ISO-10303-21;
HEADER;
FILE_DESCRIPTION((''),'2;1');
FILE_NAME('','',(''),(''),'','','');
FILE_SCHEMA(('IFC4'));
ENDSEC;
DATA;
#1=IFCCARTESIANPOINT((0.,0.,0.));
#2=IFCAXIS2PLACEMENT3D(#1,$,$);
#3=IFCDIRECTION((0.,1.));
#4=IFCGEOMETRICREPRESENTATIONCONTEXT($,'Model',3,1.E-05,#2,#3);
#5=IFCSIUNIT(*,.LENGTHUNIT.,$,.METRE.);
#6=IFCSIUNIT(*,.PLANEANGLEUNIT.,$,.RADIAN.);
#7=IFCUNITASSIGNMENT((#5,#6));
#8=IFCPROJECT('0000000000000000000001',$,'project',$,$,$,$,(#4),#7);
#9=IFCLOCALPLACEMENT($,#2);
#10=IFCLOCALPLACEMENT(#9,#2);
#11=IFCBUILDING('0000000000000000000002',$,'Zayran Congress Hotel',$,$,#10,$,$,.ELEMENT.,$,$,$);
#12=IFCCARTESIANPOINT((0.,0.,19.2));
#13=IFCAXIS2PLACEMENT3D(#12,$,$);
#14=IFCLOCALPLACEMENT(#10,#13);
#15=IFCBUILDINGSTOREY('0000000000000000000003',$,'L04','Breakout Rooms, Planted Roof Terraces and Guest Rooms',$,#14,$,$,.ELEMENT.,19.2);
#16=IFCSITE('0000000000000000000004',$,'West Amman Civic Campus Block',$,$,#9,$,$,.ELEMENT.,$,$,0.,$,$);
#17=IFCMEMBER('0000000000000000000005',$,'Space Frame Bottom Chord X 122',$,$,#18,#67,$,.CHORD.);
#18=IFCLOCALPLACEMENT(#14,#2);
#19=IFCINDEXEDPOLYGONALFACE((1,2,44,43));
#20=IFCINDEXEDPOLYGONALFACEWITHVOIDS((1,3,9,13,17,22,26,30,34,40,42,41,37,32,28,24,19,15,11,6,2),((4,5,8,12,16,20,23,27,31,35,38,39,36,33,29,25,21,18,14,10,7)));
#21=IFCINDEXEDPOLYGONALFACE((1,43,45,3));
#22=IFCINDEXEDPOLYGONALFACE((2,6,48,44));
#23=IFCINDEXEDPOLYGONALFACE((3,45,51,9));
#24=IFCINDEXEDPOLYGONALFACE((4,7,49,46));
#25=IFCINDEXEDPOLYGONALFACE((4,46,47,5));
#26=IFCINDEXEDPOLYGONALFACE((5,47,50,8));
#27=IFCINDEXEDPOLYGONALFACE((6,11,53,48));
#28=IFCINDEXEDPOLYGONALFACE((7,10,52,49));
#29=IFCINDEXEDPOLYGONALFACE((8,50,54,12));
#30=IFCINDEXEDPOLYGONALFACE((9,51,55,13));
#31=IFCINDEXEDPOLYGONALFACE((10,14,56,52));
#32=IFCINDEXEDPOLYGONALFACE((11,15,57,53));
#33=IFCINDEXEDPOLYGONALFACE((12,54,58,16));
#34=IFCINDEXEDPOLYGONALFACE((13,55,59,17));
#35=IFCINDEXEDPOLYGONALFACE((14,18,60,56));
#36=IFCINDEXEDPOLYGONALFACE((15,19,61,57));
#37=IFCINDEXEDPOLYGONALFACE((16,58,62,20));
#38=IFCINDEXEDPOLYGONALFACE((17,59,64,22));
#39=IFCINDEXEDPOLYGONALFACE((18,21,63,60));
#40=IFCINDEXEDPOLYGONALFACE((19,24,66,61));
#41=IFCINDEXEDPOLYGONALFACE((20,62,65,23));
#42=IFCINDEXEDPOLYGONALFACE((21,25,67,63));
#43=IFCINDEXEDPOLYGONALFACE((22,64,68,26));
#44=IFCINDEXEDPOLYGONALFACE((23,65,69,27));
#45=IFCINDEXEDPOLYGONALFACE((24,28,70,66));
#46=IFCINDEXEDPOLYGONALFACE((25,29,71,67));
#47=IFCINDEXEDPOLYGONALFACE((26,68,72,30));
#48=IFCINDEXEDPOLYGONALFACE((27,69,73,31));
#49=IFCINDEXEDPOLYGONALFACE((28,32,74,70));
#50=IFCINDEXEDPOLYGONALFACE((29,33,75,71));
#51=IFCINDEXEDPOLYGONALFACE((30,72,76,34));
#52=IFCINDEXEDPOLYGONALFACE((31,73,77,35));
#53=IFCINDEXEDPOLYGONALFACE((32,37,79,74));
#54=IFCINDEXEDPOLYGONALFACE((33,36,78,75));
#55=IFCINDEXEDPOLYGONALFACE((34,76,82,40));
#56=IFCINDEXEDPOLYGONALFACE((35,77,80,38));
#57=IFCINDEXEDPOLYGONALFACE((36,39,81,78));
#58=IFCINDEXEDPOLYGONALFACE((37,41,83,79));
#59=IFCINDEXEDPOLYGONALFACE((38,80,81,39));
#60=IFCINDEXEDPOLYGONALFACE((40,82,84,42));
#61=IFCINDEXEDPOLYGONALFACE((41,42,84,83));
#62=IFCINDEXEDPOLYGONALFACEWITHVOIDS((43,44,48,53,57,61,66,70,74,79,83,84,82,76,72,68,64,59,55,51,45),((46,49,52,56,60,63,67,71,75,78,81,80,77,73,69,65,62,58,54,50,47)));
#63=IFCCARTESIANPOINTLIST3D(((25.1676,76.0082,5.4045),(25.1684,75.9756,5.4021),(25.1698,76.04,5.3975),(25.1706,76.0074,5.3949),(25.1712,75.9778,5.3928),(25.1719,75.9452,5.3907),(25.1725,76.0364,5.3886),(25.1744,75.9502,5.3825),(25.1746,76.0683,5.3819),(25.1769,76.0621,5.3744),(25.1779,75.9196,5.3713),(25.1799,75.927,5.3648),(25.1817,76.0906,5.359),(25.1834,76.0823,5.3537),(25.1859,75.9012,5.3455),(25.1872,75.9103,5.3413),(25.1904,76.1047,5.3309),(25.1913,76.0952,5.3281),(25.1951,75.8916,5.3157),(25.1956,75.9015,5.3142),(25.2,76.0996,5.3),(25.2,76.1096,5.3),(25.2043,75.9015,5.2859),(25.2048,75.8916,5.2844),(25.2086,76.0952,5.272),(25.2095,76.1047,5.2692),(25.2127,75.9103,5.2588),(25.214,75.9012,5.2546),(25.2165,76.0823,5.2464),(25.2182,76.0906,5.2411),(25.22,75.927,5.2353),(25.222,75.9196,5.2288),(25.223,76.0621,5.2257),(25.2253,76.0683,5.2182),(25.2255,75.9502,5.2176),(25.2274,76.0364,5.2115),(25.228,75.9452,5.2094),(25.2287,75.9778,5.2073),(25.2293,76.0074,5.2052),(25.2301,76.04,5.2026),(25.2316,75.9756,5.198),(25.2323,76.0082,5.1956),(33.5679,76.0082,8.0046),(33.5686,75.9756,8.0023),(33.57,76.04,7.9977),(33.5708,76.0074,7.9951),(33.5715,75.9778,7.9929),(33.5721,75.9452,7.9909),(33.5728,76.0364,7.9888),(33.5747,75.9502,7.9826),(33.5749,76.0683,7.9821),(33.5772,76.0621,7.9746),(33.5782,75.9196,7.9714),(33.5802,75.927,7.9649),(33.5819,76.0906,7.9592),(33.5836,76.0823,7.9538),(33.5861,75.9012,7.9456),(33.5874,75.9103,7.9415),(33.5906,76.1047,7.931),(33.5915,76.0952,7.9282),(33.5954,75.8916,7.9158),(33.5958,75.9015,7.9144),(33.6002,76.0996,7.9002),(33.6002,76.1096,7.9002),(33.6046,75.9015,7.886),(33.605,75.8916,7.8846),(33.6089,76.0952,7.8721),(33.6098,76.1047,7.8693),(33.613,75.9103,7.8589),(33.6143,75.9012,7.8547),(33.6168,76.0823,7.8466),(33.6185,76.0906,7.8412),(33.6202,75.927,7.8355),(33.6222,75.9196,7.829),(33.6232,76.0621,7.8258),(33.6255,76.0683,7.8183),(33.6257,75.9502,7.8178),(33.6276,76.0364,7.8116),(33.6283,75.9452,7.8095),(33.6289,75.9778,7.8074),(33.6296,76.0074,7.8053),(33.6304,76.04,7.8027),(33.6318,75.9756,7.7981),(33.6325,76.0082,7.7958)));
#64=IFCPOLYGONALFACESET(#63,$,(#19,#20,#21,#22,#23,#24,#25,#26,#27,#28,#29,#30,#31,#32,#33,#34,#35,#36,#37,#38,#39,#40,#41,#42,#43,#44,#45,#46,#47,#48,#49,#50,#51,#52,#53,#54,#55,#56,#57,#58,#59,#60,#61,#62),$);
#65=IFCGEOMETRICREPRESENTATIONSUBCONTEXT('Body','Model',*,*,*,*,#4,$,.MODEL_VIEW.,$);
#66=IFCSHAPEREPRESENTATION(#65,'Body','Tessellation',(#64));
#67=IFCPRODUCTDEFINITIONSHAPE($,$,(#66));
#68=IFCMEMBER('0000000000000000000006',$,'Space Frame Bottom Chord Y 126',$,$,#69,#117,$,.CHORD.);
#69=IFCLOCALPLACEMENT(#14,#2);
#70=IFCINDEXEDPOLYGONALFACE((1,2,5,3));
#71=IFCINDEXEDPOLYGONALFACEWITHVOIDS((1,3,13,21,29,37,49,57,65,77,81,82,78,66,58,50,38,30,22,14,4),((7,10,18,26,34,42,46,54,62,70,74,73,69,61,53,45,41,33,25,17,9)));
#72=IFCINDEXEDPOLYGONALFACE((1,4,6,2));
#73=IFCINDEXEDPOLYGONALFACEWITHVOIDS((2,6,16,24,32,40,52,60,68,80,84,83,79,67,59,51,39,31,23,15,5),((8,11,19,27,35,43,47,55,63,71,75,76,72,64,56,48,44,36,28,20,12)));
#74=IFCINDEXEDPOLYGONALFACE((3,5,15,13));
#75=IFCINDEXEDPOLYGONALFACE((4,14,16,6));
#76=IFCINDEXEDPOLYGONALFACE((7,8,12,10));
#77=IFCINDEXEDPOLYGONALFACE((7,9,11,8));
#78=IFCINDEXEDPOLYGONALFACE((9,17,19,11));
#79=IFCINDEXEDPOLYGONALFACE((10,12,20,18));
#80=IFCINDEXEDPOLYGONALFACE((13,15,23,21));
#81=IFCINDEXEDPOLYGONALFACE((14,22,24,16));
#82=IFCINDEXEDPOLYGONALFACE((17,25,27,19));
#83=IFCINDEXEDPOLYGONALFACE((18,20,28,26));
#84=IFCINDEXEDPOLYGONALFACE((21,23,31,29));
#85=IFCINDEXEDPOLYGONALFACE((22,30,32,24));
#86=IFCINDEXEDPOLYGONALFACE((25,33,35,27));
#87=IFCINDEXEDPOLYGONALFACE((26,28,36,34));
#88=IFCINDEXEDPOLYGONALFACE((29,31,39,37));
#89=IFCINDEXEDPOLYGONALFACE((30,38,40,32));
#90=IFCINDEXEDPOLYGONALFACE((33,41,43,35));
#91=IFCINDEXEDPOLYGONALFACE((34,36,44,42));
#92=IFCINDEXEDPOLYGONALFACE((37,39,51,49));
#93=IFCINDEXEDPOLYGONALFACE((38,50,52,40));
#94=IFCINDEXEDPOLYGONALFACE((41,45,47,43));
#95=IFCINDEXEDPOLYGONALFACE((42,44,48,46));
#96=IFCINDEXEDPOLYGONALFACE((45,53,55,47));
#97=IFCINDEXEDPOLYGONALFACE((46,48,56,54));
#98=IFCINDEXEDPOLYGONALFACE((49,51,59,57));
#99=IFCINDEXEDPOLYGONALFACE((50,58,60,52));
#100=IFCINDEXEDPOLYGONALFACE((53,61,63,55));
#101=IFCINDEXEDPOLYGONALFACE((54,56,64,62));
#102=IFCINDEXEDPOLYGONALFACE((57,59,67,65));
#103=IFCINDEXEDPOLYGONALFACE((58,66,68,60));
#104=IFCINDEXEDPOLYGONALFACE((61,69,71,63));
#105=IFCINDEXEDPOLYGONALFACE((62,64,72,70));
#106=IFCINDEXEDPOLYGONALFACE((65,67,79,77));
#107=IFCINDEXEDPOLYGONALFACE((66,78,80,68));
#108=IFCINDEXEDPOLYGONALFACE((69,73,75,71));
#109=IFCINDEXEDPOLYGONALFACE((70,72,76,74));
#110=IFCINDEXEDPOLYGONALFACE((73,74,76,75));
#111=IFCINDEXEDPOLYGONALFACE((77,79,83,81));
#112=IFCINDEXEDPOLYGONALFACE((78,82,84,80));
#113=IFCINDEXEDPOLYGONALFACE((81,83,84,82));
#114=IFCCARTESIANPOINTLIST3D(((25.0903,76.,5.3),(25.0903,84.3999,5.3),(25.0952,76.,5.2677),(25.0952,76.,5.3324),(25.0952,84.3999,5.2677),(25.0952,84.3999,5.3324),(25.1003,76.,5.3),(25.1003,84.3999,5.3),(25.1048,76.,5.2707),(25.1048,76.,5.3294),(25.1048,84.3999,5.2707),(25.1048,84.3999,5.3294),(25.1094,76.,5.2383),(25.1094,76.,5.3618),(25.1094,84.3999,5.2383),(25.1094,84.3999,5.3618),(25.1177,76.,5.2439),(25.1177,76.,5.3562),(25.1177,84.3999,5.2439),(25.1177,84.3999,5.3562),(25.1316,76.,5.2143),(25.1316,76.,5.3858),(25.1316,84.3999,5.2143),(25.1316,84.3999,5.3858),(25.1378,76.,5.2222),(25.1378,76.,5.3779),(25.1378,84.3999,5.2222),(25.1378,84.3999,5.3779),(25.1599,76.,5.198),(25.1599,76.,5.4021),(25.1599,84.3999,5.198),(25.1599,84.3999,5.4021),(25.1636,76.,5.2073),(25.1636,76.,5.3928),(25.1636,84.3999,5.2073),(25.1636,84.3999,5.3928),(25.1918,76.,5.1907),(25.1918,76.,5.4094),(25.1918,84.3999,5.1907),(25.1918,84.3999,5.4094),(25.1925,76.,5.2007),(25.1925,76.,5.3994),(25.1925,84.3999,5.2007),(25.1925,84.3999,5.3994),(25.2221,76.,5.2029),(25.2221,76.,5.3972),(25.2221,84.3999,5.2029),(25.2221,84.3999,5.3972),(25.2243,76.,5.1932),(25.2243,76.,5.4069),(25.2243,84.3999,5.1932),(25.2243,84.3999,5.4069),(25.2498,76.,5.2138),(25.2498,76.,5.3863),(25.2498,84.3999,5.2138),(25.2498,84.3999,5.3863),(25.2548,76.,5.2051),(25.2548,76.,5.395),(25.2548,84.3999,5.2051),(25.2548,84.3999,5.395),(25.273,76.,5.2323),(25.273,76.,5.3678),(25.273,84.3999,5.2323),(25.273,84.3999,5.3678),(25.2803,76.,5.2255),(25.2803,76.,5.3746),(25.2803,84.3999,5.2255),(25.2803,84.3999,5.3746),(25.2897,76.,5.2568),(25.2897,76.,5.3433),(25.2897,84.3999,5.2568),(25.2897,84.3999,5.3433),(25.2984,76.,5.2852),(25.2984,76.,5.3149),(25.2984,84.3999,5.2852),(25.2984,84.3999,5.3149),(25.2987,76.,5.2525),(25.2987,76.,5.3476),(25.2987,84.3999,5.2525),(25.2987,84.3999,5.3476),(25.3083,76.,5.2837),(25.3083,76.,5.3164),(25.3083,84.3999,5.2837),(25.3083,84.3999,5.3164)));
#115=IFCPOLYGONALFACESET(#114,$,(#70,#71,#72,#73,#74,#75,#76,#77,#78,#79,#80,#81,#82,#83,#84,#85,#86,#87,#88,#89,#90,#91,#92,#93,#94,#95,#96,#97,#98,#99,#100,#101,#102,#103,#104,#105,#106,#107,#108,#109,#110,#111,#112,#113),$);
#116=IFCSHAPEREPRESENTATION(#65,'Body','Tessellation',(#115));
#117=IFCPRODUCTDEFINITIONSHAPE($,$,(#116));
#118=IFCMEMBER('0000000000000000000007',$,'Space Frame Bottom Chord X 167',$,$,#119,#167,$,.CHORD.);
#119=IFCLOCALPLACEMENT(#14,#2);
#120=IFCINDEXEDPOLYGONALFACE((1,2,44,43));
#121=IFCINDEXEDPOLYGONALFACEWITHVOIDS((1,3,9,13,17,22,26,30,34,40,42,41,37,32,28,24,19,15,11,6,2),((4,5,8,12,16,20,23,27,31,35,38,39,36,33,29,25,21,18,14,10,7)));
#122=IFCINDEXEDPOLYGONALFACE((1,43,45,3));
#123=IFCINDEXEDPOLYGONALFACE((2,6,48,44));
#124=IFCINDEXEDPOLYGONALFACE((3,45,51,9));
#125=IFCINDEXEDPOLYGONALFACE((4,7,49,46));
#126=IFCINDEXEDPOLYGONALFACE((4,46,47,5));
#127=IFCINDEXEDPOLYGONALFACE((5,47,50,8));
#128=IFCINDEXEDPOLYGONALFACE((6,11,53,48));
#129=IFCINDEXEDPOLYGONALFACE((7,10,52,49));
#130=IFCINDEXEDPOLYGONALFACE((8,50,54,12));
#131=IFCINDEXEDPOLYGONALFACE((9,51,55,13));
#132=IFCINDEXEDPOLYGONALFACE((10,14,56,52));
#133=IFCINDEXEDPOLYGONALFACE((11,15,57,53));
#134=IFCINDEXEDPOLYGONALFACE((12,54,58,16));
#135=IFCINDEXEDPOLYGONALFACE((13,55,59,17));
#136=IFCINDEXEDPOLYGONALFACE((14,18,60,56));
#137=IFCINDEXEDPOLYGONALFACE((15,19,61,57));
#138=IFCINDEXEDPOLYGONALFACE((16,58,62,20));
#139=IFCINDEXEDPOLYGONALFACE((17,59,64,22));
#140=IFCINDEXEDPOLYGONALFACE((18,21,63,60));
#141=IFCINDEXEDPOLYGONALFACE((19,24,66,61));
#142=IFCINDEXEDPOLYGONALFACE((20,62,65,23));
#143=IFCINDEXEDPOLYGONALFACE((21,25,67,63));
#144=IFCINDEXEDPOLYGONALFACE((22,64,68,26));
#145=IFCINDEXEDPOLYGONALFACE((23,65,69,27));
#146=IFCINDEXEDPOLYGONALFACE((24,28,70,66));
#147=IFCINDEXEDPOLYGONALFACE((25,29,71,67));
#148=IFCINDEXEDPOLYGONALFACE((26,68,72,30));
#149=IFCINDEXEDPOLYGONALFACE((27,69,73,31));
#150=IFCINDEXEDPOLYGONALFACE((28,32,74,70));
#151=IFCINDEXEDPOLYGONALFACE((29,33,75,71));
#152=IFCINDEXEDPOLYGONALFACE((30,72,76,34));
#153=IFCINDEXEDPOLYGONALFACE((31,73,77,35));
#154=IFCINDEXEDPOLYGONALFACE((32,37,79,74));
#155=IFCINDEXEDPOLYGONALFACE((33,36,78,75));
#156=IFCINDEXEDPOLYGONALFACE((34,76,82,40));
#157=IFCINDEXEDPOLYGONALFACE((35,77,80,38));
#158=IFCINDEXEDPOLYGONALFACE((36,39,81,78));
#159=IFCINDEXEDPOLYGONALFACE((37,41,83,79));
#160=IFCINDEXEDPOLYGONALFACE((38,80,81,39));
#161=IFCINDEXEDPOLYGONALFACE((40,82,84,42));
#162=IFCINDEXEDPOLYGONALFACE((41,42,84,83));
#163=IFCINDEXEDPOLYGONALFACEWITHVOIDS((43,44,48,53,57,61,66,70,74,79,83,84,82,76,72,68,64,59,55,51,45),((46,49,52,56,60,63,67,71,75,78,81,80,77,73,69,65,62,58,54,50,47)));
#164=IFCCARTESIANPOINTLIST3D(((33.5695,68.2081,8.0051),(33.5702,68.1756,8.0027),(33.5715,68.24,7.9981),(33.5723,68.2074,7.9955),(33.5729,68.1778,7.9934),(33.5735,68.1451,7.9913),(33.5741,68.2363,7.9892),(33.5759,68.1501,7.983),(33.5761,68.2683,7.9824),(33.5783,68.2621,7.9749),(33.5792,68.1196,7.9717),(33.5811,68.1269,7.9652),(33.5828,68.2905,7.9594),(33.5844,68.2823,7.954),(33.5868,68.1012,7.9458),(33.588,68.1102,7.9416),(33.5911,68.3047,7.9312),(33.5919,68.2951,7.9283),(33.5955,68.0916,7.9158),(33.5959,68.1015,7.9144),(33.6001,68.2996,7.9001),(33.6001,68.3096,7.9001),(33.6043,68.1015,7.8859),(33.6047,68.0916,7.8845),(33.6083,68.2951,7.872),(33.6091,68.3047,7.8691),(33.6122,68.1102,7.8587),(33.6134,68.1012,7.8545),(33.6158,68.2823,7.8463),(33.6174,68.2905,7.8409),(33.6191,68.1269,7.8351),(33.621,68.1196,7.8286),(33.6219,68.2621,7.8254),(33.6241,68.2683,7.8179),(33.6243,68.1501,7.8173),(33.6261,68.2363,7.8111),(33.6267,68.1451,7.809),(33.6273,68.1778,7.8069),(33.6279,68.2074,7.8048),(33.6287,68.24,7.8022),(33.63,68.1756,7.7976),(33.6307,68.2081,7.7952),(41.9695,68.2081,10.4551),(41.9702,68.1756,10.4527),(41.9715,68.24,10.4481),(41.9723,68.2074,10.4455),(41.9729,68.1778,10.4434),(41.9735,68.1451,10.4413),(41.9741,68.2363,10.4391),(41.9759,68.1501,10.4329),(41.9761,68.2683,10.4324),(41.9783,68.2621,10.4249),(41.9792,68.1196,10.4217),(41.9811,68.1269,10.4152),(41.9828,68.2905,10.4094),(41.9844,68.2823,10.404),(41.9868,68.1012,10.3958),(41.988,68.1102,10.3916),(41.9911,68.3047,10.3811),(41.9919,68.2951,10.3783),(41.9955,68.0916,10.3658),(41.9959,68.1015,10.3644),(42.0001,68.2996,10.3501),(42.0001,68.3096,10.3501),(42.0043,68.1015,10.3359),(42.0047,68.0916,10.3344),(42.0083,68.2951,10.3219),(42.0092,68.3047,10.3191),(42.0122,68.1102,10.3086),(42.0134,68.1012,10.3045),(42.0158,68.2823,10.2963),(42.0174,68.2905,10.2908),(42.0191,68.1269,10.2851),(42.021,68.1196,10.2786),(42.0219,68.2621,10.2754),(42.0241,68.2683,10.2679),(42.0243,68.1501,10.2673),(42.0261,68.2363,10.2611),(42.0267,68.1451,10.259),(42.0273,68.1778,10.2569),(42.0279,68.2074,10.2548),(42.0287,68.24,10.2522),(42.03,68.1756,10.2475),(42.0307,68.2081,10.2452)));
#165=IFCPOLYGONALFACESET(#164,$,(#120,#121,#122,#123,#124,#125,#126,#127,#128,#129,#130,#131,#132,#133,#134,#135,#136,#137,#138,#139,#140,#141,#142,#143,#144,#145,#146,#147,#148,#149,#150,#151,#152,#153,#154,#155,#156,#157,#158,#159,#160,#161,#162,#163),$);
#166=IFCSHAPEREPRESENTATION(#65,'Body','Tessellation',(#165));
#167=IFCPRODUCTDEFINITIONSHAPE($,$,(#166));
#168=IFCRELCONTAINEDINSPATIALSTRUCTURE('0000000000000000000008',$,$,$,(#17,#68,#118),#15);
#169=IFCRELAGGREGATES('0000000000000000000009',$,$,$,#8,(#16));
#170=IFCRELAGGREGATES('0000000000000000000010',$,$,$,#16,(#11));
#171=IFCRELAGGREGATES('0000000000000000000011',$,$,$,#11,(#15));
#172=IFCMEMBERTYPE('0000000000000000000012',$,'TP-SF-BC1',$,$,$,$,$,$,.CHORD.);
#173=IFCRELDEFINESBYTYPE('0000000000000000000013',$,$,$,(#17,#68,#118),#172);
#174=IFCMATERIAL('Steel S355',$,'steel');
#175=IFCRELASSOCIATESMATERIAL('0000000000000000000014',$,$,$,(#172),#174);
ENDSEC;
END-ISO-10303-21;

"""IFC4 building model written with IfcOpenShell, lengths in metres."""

from ifc_helpers import new_model, si_unit, direction, frame, origin, origin_2d, place, context, subcontext, project, spatial, hollow_circle, extrude, material, material_profile, profile_set, type_object, element, save


model = new_model("IFC4")

# Units and contexts
model_context = context("Model", 3, precision=1e-05, world=origin(), true_north=direction((0.0, 1.0)))
body_context = subcontext(model_context, "Body", "Model", "MODEL_VIEW")
ifc_project = project(units=[si_unit("LENGTHUNIT", "METRE"), si_unit("PLANEANGLEUNIT", "RADIAN")], contexts=[model_context])

# Site, building, storey
site_placement = place(None, origin())
site = spatial("IfcSite", under=ifc_project, at=site_placement, Name="West Amman Civic Campus Block", CompositionType="ELEMENT", RefElevation=0.0)
building_placement = place(site_placement, origin())
building = spatial("IfcBuilding", under=site, at=building_placement, Name="Zayran Congress Hotel", CompositionType="ELEMENT")
storey_placement = place(building_placement, frame((0.0, 0.0, 19.2)))
storey = spatial("IfcBuildingStorey", under=building, at=storey_placement, Name="L04", Description="Breakout Rooms, Planted Roof Terraces and Guest Rooms", CompositionType="ELEMENT", Elevation=19.2)

# Shared definitions
ifc_material_1 = material(Name="Steel S355", Category="steel")

# Members
ifc_material_profile_1 = material_profile(ifc_material_1, hollow_circle(Radius=0.1096, WallThickness=0.01, at=origin_2d()), Name="CHS 219.1x10")
ifc_profile_set_1 = profile_set([ifc_material_profile_1], Name="Steel S355")
member_type_1 = type_object("IfcMemberType", Name="TP-SF-BC1", PredefinedType="CHORD", material=ifc_profile_set_1)
member_1_placement = place(storey_placement, frame((25.2, 76.0, 5.3), z_axis=(0.955284, 0.0, 0.295689), x_axis=(0.0, 1.0, 0.0)))
element("IfcMember", 1, at=member_1_placement, inside=storey, type_object=member_type_1, Name="Space Frame Bottom Chord X 122", PredefinedType="CHORD", context=body_context, shape_type="SweptSolid", body=[
    extrude(hollow_circle(Radius=0.1096, WallThickness=0.01, at=origin_2d()), origin(), (0.0, 0.0, 1.0), 8.7935),
])
member_2_placement = place(storey_placement, frame((25.2, 76.0, 5.3), z_axis=(0.0, 1.0, 0.0), x_axis=(-1.0, 0.0, 0.0)))
element("IfcMember", 2, at=member_2_placement, inside=storey, type_object=member_type_1, Name="Space Frame Bottom Chord Y 126", PredefinedType="CHORD", context=body_context, shape_type="SweptSolid", body=[
    extrude(hollow_circle(Radius=0.1096, WallThickness=0.01, at=origin_2d()), origin(), (0.0, 0.0, 1.0), 8.3999),
])
member_3_placement = place(storey_placement, frame((33.6001, 68.2, 7.9001), z_axis=(0.960001, 0.0, 0.279998), x_axis=(0.0, 1.0, 0.0)))
element("IfcMember", 3, at=member_3_placement, inside=storey, type_object=member_type_1, Name="Space Frame Bottom Chord X 167", PredefinedType="CHORD", context=body_context, shape_type="SweptSolid", body=[
    extrude(hollow_circle(Radius=0.1096, WallThickness=0.01, at=origin_2d()), origin(), (0.0, 0.0, 1.0), 8.75),
])

save(model, "model.ifc")
